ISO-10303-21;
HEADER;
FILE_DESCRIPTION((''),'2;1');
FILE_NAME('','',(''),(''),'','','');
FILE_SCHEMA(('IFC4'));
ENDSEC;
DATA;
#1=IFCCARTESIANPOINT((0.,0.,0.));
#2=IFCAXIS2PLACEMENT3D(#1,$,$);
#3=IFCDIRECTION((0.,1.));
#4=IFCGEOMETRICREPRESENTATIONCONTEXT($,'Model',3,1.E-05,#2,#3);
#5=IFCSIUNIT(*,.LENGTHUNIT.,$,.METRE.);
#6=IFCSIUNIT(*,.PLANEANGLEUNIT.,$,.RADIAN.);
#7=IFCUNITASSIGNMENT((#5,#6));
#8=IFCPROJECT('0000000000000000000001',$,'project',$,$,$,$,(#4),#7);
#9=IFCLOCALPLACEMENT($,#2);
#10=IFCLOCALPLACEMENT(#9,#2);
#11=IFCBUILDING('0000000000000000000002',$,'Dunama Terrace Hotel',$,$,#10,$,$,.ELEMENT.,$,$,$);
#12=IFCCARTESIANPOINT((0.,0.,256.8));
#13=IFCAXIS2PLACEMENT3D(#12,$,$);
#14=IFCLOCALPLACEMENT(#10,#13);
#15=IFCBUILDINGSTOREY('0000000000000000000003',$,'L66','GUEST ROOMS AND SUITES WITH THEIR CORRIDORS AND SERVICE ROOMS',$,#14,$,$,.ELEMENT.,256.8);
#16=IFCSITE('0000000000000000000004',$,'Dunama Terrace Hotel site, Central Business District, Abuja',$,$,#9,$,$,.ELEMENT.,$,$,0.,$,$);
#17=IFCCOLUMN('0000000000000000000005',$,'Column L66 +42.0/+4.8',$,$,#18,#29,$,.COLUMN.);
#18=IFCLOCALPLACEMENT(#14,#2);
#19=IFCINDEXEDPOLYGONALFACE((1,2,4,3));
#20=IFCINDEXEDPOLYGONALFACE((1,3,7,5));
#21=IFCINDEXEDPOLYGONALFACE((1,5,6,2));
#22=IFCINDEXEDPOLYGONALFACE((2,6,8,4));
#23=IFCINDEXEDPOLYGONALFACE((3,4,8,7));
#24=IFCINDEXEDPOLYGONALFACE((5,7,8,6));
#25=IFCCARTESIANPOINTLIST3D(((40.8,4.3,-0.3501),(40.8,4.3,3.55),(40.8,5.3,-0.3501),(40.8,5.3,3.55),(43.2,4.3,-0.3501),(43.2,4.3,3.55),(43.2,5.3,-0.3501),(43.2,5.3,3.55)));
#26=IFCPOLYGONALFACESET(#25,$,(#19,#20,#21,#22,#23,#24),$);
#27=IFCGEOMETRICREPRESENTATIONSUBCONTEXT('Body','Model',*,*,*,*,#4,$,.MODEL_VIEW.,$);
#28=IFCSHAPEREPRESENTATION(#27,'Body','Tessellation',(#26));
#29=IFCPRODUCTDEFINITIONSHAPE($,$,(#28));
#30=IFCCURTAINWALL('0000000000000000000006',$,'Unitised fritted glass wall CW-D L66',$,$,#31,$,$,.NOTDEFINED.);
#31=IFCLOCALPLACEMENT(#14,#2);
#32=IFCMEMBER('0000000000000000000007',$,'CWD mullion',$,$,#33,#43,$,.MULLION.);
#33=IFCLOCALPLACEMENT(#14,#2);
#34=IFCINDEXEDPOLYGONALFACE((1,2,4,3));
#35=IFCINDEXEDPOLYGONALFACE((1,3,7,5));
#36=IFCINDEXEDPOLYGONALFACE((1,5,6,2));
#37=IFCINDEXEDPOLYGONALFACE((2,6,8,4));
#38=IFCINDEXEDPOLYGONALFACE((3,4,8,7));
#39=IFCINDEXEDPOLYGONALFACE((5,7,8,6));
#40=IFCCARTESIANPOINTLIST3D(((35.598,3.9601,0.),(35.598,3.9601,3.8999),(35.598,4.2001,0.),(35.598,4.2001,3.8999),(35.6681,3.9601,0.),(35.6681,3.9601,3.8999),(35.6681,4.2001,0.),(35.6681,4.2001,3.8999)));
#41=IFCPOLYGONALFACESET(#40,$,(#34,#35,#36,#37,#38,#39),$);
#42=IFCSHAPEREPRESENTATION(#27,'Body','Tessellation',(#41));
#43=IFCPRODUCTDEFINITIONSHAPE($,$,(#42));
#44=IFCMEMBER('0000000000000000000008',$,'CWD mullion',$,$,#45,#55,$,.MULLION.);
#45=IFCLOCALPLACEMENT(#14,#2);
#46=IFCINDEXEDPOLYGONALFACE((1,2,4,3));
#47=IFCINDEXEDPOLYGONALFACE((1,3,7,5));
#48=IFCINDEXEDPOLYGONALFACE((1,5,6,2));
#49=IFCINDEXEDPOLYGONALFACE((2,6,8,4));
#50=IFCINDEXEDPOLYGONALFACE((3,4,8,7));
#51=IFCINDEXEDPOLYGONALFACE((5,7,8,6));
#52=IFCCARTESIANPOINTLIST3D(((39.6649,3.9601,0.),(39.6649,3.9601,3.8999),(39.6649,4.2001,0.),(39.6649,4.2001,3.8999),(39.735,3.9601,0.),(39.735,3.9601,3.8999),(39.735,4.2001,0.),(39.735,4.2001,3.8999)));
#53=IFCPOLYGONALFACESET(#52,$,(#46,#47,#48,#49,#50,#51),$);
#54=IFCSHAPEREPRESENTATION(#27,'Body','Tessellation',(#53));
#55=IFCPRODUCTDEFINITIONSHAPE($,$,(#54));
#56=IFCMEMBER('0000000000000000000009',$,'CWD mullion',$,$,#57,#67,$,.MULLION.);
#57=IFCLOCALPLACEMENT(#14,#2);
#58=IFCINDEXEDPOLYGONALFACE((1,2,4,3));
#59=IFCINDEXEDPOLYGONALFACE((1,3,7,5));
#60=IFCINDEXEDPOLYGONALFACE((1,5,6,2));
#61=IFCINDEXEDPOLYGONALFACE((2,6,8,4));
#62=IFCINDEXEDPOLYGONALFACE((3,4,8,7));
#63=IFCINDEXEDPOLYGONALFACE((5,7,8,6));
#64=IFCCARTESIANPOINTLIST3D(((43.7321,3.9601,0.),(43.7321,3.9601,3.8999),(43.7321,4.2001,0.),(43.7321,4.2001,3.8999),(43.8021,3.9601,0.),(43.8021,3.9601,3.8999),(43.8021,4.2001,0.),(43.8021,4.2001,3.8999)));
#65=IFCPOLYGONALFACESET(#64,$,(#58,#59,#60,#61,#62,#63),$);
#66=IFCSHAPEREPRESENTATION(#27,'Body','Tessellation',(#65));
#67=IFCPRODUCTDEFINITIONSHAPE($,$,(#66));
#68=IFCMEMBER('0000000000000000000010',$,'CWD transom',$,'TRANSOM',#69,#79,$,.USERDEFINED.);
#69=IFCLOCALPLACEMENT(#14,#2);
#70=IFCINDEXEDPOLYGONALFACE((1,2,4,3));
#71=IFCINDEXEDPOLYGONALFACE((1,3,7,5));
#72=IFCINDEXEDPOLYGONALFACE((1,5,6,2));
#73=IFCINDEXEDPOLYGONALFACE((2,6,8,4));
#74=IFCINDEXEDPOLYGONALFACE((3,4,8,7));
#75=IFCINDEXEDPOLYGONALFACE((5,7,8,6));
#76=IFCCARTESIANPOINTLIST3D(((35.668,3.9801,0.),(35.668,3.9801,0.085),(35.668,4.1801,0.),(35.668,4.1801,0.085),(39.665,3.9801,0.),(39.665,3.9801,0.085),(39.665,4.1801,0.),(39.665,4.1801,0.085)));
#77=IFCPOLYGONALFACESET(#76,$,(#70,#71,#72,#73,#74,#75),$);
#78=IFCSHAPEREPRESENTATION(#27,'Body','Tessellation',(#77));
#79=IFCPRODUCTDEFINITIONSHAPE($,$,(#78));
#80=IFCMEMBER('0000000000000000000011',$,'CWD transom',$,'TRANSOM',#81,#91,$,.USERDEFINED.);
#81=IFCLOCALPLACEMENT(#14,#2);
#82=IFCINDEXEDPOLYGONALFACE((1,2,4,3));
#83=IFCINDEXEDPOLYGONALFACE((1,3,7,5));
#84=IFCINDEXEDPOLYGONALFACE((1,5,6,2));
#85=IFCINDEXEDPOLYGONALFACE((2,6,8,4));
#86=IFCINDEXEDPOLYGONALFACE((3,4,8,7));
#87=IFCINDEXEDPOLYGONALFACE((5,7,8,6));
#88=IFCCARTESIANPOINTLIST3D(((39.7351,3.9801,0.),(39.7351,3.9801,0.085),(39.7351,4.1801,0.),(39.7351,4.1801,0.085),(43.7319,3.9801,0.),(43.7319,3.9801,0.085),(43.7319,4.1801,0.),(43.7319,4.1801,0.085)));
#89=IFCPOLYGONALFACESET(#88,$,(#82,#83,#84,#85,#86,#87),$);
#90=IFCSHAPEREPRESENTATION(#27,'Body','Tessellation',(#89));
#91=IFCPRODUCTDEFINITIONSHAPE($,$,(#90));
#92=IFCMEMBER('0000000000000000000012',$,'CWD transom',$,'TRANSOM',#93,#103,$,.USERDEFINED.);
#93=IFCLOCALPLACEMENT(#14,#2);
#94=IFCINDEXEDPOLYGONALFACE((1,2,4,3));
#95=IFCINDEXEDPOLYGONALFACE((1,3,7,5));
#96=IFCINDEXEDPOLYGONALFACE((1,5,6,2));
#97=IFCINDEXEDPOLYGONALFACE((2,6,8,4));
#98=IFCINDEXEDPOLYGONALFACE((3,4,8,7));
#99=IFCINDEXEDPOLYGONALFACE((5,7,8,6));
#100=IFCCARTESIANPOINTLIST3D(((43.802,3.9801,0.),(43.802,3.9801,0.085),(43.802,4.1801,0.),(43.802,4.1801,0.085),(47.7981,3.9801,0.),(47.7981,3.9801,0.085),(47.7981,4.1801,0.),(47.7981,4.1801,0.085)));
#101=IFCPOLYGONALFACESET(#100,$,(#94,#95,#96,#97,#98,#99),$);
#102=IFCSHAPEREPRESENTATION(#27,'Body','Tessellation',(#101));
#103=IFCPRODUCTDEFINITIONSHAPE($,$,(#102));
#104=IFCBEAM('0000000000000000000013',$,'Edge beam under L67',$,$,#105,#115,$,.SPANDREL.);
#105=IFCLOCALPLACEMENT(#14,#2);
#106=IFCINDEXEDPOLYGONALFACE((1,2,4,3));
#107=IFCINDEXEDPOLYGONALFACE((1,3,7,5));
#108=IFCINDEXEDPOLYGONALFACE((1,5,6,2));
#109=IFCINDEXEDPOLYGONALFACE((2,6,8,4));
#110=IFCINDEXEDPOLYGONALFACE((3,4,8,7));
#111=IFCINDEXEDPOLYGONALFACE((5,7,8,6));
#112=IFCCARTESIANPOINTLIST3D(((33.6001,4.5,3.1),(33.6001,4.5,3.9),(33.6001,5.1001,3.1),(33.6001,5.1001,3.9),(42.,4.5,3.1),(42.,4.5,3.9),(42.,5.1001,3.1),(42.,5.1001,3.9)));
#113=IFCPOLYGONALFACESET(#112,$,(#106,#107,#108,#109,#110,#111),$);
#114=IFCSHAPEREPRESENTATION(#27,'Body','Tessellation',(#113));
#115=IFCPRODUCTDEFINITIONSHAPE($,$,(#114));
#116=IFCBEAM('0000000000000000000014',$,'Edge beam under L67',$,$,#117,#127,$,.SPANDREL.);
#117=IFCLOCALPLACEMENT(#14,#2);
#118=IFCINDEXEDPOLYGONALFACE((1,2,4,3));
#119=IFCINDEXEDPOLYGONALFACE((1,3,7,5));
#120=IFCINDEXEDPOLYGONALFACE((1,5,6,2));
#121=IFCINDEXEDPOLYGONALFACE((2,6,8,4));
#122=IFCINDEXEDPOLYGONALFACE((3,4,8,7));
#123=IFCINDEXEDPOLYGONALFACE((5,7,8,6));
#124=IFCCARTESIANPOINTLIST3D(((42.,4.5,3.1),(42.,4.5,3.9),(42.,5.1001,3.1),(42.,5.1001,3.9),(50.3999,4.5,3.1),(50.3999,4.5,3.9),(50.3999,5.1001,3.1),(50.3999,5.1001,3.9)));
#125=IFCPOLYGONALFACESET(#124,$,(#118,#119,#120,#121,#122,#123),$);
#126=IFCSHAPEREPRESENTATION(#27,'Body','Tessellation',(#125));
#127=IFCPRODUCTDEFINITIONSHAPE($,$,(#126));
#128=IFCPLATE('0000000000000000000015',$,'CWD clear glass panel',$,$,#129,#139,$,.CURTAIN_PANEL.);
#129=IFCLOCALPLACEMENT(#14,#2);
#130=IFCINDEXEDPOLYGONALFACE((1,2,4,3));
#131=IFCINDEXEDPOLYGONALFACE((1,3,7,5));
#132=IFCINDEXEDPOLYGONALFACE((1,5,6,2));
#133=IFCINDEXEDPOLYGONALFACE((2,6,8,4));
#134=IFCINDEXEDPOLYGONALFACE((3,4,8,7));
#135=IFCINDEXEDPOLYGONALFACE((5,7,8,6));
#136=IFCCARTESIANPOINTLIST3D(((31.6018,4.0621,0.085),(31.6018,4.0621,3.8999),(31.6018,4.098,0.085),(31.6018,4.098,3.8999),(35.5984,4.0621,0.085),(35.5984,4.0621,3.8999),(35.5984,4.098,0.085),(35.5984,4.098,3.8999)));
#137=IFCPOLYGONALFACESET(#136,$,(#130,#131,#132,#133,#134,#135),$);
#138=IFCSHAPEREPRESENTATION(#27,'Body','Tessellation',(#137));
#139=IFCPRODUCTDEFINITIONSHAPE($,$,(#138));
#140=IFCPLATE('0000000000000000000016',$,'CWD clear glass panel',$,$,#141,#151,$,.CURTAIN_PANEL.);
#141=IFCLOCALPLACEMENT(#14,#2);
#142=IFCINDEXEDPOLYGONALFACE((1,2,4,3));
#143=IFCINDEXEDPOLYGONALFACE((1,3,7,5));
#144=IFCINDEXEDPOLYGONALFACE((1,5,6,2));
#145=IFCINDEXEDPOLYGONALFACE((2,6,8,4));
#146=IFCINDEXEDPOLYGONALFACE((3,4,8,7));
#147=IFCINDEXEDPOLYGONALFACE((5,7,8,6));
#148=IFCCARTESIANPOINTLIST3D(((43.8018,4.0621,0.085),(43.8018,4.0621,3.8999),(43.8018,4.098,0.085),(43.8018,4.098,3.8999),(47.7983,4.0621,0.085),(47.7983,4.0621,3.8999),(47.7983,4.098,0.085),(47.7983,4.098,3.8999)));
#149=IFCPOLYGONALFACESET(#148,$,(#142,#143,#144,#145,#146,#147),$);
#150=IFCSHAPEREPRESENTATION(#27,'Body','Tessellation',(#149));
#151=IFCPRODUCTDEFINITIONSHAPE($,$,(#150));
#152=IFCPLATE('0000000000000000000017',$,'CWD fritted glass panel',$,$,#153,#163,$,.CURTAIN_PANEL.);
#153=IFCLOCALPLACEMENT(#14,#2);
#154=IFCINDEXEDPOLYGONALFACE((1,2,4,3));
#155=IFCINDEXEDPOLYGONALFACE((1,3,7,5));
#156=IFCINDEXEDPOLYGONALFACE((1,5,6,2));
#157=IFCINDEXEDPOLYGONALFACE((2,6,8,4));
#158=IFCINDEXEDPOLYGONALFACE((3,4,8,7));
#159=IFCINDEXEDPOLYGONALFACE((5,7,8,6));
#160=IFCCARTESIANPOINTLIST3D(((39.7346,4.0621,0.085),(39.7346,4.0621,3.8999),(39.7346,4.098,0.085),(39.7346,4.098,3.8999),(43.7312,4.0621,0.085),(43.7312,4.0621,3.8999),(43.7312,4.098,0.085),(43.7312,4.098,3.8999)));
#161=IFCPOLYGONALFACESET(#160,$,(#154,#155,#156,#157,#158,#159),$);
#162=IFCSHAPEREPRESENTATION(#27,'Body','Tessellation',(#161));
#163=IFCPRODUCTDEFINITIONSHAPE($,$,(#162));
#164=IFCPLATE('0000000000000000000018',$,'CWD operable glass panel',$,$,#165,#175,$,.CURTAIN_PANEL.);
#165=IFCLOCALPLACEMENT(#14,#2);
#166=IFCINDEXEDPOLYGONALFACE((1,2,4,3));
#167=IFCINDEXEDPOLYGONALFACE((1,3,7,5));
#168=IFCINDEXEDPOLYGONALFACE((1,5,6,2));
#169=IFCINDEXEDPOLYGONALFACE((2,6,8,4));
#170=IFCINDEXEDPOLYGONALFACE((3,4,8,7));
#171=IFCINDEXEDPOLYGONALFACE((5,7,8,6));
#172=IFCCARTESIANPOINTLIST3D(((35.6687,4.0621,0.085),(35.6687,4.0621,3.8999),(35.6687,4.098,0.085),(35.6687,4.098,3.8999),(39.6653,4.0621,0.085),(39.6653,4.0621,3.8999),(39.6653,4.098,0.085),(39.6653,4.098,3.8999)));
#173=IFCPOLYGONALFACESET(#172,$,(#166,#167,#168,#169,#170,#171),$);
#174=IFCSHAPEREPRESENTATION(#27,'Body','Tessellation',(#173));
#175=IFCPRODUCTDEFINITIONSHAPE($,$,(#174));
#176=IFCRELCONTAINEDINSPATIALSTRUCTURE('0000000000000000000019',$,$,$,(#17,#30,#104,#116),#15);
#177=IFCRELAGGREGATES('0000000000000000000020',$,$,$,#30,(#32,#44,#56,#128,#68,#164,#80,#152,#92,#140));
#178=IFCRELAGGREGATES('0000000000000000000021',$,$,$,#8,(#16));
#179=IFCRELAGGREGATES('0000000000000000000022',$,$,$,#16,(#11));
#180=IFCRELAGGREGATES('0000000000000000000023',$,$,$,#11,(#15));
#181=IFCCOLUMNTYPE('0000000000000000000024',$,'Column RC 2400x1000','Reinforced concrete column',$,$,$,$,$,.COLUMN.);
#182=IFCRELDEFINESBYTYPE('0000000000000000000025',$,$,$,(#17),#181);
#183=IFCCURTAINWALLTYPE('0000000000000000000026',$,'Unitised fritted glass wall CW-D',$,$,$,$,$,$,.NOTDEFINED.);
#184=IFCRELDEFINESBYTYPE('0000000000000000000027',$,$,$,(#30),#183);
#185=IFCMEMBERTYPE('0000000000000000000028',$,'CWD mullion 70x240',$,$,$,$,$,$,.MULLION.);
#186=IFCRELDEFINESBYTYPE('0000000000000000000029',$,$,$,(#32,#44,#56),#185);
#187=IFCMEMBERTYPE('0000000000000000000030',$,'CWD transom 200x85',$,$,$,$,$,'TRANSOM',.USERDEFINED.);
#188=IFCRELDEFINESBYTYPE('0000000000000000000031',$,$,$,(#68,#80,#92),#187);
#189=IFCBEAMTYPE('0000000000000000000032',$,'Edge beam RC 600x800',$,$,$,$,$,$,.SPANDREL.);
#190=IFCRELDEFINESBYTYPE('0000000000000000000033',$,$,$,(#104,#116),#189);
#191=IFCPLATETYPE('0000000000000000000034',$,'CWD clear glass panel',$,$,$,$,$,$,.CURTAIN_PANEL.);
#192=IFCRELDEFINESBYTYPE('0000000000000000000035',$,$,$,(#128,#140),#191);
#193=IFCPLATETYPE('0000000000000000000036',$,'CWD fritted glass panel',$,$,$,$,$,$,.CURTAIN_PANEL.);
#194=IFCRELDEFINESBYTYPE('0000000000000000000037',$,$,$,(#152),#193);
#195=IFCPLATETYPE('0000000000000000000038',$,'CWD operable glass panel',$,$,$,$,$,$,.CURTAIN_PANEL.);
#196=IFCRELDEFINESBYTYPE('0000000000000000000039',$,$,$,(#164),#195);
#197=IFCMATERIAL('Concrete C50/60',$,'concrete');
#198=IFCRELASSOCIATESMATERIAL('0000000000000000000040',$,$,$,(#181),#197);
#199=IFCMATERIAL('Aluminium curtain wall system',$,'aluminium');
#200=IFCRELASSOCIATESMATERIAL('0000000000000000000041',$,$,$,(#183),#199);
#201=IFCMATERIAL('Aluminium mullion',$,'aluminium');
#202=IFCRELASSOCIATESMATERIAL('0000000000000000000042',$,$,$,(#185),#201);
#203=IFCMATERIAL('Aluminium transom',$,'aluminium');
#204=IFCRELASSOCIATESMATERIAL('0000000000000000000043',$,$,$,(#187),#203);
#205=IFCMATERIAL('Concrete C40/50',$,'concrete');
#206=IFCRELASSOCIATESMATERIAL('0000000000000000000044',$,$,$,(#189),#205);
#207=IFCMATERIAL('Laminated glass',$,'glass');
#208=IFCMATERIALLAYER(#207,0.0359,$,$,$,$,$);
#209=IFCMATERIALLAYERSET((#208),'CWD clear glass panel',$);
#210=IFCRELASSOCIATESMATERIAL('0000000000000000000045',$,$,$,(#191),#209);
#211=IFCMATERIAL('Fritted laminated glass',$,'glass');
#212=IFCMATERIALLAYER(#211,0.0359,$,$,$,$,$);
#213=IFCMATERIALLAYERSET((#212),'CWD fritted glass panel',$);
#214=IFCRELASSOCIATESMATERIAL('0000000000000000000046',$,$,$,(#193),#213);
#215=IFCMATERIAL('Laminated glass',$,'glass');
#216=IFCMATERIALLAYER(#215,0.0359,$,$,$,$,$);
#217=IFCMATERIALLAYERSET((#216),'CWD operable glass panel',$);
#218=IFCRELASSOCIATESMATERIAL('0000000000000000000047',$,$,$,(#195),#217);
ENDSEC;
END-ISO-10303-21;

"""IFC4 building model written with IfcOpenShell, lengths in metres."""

from ifc_helpers import new_model, si_unit, direction, frame, origin, origin_2d, place, context, subcontext, project, spatial, rectangle, extrude, material, layer, layer_set, material_profile, profile_set, type_object, element, aggregate, save


model = new_model("IFC4")

# Units and contexts
model_context = context("Model", 3, precision=1e-05, world=origin(), true_north=direction((0.0, 1.0)))
body_context = subcontext(model_context, "Body", "Model", "MODEL_VIEW")
ifc_project = project(units=[si_unit("LENGTHUNIT", "METRE"), si_unit("PLANEANGLEUNIT", "RADIAN")], contexts=[model_context])

# Site, building, storey
site_placement = place(None, origin())
site = spatial("IfcSite", under=ifc_project, at=site_placement, Name="Dunama Terrace Hotel site, Central Business District, Abuja", CompositionType="ELEMENT", RefElevation=0.0)
building_placement = place(site_placement, origin())
building = spatial("IfcBuilding", under=site, at=building_placement, Name="Dunama Terrace Hotel", CompositionType="ELEMENT")
storey_placement = place(building_placement, frame((0.0, 0.0, 256.8)))
storey = spatial("IfcBuildingStorey", under=building, at=storey_placement, Name="L66", Description="GUEST ROOMS AND SUITES WITH THEIR CORRIDORS AND SERVICE ROOMS", CompositionType="ELEMENT", Elevation=256.8)

# Column
ifc_material_1 = material(Name="Concrete C50/60", Category="concrete")
ifc_material_profile_1 = material_profile(ifc_material_1, rectangle(XDim=2.3999, YDim=1.0, at=origin_2d()), Name="RC 2400x1000")
ifc_profile_set_1 = profile_set([ifc_material_profile_1], Name="Concrete C50/60")
column_type = type_object("IfcColumnType", Name="Column RC 2400x1000", Description="Reinforced concrete column", PredefinedType="COLUMN", material=ifc_profile_set_1)
column_placement = place(storey_placement, frame((42.0, 4.8, -0.3501), z_axis=(0.0, 0.0, 1.0), x_axis=(1.0, 0.0, 0.0)))
element("IfcColumn", 1, at=column_placement, inside=storey, type_object=column_type, Name="Column L66 +42.0/+4.8", PredefinedType="COLUMN", context=body_context, shape_type="SweptSolid", body=[
    extrude(rectangle(XDim=2.3999, YDim=1.0, at=origin_2d()), origin(), (0.0, 0.0, 1.0), 3.9001),
])

# Curtain wall, members
ifc_material_2 = material(Name="Aluminium curtain wall system", Category="aluminium")
curtain_wall_type = type_object("IfcCurtainWallType", Name="Unitised fritted glass wall CW-D", PredefinedType="NOTDEFINED", material=ifc_material_2)
curtain_wall_placement = place(storey_placement, origin())
curtain_wall = element("IfcCurtainWall", 2, at=curtain_wall_placement, inside=storey, type_object=curtain_wall_type, Name="Unitised fritted glass wall CW-D L66", PredefinedType="NOTDEFINED")
ifc_material_3 = material(Name="Aluminium mullion", Category="aluminium")
ifc_material_profile_2 = material_profile(ifc_material_3, rectangle(XDim=0.0701, YDim=0.24, at=origin_2d()), Name="CWD MULLION 70X240")
ifc_profile_set_2 = profile_set([ifc_material_profile_2], Name="Aluminium mullion")
member_type_1 = type_object("IfcMemberType", Name="CWD mullion 70x240", PredefinedType="MULLION", material=ifc_profile_set_2)
member_1_placement = place(storey_placement, frame((35.6331, 4.0801, 0.0), z_axis=(0.0, 0.0, 1.0), x_axis=(1.0, 0.0, 0.0)))
member_1 = element("IfcMember", 3, at=member_1_placement, type_object=member_type_1, Name="CWD mullion", PredefinedType="MULLION", context=body_context, shape_type="SweptSolid", body=[
    extrude(rectangle(XDim=0.0701, YDim=0.24, at=origin_2d()), origin(), (0.0, 0.0, 1.0), 3.8999),
])
member_2_placement = place(storey_placement, frame((39.7, 4.0801, 0.0), z_axis=(0.0, 0.0, 1.0), x_axis=(1.0, 0.0, 0.0)))
member_2 = element("IfcMember", 4, at=member_2_placement, type_object=member_type_1, Name="CWD mullion", PredefinedType="MULLION", context=body_context, shape_type="SweptSolid", body=[
    extrude(rectangle(XDim=0.0701, YDim=0.24, at=origin_2d()), origin(), (0.0, 0.0, 1.0), 3.8999),
])
member_3_placement = place(storey_placement, frame((43.7671, 4.0801, 0.0), z_axis=(0.0, 0.0, 1.0), x_axis=(1.0, 0.0, 0.0)))
member_3 = element("IfcMember", 5, at=member_3_placement, type_object=member_type_1, Name="CWD mullion", PredefinedType="MULLION", context=body_context, shape_type="SweptSolid", body=[
    extrude(rectangle(XDim=0.0701, YDim=0.24, at=origin_2d()), origin(), (0.0, 0.0, 1.0), 3.8999),
])
ifc_material_4 = material(Name="Aluminium transom", Category="aluminium")
ifc_material_profile_3 = material_profile(ifc_material_4, rectangle(XDim=0.2, YDim=0.085, at=origin_2d()), Name="CWD TRANSOM 200X85")
ifc_profile_set_3 = profile_set([ifc_material_profile_3], Name="Aluminium transom")
member_type_2 = type_object("IfcMemberType", Name="CWD transom 200x85", ElementType="TRANSOM", PredefinedType="USERDEFINED", material=ifc_profile_set_3)
member_4_placement = place(storey_placement, frame((35.668, 4.0801, 0.0425), z_axis=(1.0, 0.0, 0.0), x_axis=(0.0, 1.0, 0.0)))
member_4 = element("IfcMember", 6, at=member_4_placement, type_object=member_type_2, Name="CWD transom", ObjectType="TRANSOM", PredefinedType="USERDEFINED", context=body_context, shape_type="SweptSolid", body=[
    extrude(rectangle(XDim=0.2, YDim=0.085, at=origin_2d()), origin(), (0.0, 0.0, 1.0), 3.9971),
])
member_5_placement = place(storey_placement, frame((39.7351, 4.0801, 0.0425), z_axis=(1.0, 0.0, 0.0), x_axis=(0.0, 1.0, 0.0)))
member_5 = element("IfcMember", 7, at=member_5_placement, type_object=member_type_2, Name="CWD transom", ObjectType="TRANSOM", PredefinedType="USERDEFINED", context=body_context, shape_type="SweptSolid", body=[
    extrude(rectangle(XDim=0.2, YDim=0.085, at=origin_2d()), origin(), (0.0, 0.0, 1.0), 3.9968),
])
member_6_placement = place(storey_placement, frame((43.802, 4.0801, 0.0425), z_axis=(1.0, 0.0, 0.0), x_axis=(0.0, 1.0, 0.0)))
member_6 = element("IfcMember", 8, at=member_6_placement, type_object=member_type_2, Name="CWD transom", ObjectType="TRANSOM", PredefinedType="USERDEFINED", context=body_context, shape_type="SweptSolid", body=[
    extrude(rectangle(XDim=0.2, YDim=0.085, at=origin_2d()), origin(), (0.0, 0.0, 1.0), 3.9961),
])

# Beams
ifc_material_5 = material(Name="Concrete C40/50", Category="concrete")
ifc_material_profile_4 = material_profile(ifc_material_5, rectangle(XDim=0.6001, YDim=0.8, at=origin_2d()), Name="RC 600x800")
ifc_profile_set_4 = profile_set([ifc_material_profile_4], Name="Concrete C40/50")
beam_type = type_object("IfcBeamType", Name="Edge beam RC 600x800", PredefinedType="SPANDREL", material=ifc_profile_set_4)
for number, where, z_axis, x_axis, name in (
    (9, (33.6001, 4.8, 3.5), (1.0, 0.0, 0.0), (0.0, 1.0, 0.0), "Edge beam under L67"),
    (10, (42.0, 4.8, 3.5), (1.0, 0.0, 0.0), (0.0, 1.0, 0.0), "Edge beam under L67"),
):
    element("IfcBeam", number, at=place(storey_placement, frame(where, z_axis=z_axis, x_axis=x_axis)), inside=storey, type_object=beam_type, Name=name, PredefinedType="SPANDREL", context=body_context, shape_type="SweptSolid", body=[
        extrude(rectangle(XDim=0.6001, YDim=0.8, at=origin_2d()), origin(), (0.0, 0.0, 1.0), 8.3999),
    ])

# Plates
ifc_material_6 = material(Name="Laminated glass", Category="glass")
ifc_layer_1 = layer(ifc_material_6, 0.0359)
ifc_layer_set_1 = layer_set([ifc_layer_1], Name="CWD clear glass panel")
plate_type_1 = type_object("IfcPlateType", Name="CWD clear glass panel", PredefinedType="CURTAIN_PANEL", material=ifc_layer_set_1)
plate_1_placement = place(storey_placement, frame((33.6001, 4.0801, 0.085), z_axis=(0.0, 0.0, 1.0), x_axis=(1.0, 0.0, 0.0)))
plate_1 = element("IfcPlate", 11, at=plate_1_placement, type_object=plate_type_1, Name="CWD clear glass panel", PredefinedType="CURTAIN_PANEL", context=body_context, shape_type="SweptSolid", body=[
    extrude(rectangle(XDim=3.9966, YDim=0.0359, at=origin_2d()), origin(), (0.0, 0.0, 1.0), 3.8149),
])
plate_2_placement = place(storey_placement, frame((45.8, 4.0801, 0.085), z_axis=(0.0, 0.0, 1.0), x_axis=(1.0, 0.0, 0.0)))
plate_2 = element("IfcPlate", 12, at=plate_2_placement, type_object=plate_type_1, Name="CWD clear glass panel", PredefinedType="CURTAIN_PANEL", context=body_context, shape_type="SweptSolid", body=[
    extrude(rectangle(XDim=3.9966, YDim=0.0359, at=origin_2d()), origin(), (0.0, 0.0, 1.0), 3.8149),
])
ifc_material_7 = material(Name="Fritted laminated glass", Category="glass")
ifc_layer_2 = layer(ifc_material_7, 0.0359)
ifc_layer_set_2 = layer_set([ifc_layer_2], Name="CWD fritted glass panel")
plate_type_2 = type_object("IfcPlateType", Name="CWD fritted glass panel", PredefinedType="CURTAIN_PANEL", material=ifc_layer_set_2)
plate_3_placement = place(storey_placement, frame((41.7329, 4.0801, 0.085), z_axis=(0.0, 0.0, 1.0), x_axis=(1.0, 0.0, 0.0)))
plate_3 = element("IfcPlate", 13, at=plate_3_placement, type_object=plate_type_2, Name="CWD fritted glass panel", PredefinedType="CURTAIN_PANEL", context=body_context, shape_type="SweptSolid", body=[
    extrude(rectangle(XDim=3.9966, YDim=0.0359, at=origin_2d()), origin(), (0.0, 0.0, 1.0), 3.8149),
])
ifc_material_8 = material(Name="Laminated glass", Category="glass")
ifc_layer_3 = layer(ifc_material_8, 0.0359)
ifc_layer_set_3 = layer_set([ifc_layer_3], Name="CWD operable glass panel")
plate_type_3 = type_object("IfcPlateType", Name="CWD operable glass panel", PredefinedType="CURTAIN_PANEL", material=ifc_layer_set_3)
plate_4_placement = place(storey_placement, frame((37.667, 4.0801, 0.085), z_axis=(0.0, 0.0, 1.0), x_axis=(1.0, 0.0, 0.0)))
plate_4 = element("IfcPlate", 14, at=plate_4_placement, type_object=plate_type_3, Name="CWD operable glass panel", PredefinedType="CURTAIN_PANEL", context=body_context, shape_type="SweptSolid", body=[
    extrude(rectangle(XDim=3.9966, YDim=0.0359, at=origin_2d()), origin(), (0.0, 0.0, 1.0), 3.8149),
])
aggregate(curtain_wall, [member_1, member_2, member_3, plate_1, member_4, plate_4, member_5, plate_3, member_6, plate_2])

save(model, "model.ifc")
